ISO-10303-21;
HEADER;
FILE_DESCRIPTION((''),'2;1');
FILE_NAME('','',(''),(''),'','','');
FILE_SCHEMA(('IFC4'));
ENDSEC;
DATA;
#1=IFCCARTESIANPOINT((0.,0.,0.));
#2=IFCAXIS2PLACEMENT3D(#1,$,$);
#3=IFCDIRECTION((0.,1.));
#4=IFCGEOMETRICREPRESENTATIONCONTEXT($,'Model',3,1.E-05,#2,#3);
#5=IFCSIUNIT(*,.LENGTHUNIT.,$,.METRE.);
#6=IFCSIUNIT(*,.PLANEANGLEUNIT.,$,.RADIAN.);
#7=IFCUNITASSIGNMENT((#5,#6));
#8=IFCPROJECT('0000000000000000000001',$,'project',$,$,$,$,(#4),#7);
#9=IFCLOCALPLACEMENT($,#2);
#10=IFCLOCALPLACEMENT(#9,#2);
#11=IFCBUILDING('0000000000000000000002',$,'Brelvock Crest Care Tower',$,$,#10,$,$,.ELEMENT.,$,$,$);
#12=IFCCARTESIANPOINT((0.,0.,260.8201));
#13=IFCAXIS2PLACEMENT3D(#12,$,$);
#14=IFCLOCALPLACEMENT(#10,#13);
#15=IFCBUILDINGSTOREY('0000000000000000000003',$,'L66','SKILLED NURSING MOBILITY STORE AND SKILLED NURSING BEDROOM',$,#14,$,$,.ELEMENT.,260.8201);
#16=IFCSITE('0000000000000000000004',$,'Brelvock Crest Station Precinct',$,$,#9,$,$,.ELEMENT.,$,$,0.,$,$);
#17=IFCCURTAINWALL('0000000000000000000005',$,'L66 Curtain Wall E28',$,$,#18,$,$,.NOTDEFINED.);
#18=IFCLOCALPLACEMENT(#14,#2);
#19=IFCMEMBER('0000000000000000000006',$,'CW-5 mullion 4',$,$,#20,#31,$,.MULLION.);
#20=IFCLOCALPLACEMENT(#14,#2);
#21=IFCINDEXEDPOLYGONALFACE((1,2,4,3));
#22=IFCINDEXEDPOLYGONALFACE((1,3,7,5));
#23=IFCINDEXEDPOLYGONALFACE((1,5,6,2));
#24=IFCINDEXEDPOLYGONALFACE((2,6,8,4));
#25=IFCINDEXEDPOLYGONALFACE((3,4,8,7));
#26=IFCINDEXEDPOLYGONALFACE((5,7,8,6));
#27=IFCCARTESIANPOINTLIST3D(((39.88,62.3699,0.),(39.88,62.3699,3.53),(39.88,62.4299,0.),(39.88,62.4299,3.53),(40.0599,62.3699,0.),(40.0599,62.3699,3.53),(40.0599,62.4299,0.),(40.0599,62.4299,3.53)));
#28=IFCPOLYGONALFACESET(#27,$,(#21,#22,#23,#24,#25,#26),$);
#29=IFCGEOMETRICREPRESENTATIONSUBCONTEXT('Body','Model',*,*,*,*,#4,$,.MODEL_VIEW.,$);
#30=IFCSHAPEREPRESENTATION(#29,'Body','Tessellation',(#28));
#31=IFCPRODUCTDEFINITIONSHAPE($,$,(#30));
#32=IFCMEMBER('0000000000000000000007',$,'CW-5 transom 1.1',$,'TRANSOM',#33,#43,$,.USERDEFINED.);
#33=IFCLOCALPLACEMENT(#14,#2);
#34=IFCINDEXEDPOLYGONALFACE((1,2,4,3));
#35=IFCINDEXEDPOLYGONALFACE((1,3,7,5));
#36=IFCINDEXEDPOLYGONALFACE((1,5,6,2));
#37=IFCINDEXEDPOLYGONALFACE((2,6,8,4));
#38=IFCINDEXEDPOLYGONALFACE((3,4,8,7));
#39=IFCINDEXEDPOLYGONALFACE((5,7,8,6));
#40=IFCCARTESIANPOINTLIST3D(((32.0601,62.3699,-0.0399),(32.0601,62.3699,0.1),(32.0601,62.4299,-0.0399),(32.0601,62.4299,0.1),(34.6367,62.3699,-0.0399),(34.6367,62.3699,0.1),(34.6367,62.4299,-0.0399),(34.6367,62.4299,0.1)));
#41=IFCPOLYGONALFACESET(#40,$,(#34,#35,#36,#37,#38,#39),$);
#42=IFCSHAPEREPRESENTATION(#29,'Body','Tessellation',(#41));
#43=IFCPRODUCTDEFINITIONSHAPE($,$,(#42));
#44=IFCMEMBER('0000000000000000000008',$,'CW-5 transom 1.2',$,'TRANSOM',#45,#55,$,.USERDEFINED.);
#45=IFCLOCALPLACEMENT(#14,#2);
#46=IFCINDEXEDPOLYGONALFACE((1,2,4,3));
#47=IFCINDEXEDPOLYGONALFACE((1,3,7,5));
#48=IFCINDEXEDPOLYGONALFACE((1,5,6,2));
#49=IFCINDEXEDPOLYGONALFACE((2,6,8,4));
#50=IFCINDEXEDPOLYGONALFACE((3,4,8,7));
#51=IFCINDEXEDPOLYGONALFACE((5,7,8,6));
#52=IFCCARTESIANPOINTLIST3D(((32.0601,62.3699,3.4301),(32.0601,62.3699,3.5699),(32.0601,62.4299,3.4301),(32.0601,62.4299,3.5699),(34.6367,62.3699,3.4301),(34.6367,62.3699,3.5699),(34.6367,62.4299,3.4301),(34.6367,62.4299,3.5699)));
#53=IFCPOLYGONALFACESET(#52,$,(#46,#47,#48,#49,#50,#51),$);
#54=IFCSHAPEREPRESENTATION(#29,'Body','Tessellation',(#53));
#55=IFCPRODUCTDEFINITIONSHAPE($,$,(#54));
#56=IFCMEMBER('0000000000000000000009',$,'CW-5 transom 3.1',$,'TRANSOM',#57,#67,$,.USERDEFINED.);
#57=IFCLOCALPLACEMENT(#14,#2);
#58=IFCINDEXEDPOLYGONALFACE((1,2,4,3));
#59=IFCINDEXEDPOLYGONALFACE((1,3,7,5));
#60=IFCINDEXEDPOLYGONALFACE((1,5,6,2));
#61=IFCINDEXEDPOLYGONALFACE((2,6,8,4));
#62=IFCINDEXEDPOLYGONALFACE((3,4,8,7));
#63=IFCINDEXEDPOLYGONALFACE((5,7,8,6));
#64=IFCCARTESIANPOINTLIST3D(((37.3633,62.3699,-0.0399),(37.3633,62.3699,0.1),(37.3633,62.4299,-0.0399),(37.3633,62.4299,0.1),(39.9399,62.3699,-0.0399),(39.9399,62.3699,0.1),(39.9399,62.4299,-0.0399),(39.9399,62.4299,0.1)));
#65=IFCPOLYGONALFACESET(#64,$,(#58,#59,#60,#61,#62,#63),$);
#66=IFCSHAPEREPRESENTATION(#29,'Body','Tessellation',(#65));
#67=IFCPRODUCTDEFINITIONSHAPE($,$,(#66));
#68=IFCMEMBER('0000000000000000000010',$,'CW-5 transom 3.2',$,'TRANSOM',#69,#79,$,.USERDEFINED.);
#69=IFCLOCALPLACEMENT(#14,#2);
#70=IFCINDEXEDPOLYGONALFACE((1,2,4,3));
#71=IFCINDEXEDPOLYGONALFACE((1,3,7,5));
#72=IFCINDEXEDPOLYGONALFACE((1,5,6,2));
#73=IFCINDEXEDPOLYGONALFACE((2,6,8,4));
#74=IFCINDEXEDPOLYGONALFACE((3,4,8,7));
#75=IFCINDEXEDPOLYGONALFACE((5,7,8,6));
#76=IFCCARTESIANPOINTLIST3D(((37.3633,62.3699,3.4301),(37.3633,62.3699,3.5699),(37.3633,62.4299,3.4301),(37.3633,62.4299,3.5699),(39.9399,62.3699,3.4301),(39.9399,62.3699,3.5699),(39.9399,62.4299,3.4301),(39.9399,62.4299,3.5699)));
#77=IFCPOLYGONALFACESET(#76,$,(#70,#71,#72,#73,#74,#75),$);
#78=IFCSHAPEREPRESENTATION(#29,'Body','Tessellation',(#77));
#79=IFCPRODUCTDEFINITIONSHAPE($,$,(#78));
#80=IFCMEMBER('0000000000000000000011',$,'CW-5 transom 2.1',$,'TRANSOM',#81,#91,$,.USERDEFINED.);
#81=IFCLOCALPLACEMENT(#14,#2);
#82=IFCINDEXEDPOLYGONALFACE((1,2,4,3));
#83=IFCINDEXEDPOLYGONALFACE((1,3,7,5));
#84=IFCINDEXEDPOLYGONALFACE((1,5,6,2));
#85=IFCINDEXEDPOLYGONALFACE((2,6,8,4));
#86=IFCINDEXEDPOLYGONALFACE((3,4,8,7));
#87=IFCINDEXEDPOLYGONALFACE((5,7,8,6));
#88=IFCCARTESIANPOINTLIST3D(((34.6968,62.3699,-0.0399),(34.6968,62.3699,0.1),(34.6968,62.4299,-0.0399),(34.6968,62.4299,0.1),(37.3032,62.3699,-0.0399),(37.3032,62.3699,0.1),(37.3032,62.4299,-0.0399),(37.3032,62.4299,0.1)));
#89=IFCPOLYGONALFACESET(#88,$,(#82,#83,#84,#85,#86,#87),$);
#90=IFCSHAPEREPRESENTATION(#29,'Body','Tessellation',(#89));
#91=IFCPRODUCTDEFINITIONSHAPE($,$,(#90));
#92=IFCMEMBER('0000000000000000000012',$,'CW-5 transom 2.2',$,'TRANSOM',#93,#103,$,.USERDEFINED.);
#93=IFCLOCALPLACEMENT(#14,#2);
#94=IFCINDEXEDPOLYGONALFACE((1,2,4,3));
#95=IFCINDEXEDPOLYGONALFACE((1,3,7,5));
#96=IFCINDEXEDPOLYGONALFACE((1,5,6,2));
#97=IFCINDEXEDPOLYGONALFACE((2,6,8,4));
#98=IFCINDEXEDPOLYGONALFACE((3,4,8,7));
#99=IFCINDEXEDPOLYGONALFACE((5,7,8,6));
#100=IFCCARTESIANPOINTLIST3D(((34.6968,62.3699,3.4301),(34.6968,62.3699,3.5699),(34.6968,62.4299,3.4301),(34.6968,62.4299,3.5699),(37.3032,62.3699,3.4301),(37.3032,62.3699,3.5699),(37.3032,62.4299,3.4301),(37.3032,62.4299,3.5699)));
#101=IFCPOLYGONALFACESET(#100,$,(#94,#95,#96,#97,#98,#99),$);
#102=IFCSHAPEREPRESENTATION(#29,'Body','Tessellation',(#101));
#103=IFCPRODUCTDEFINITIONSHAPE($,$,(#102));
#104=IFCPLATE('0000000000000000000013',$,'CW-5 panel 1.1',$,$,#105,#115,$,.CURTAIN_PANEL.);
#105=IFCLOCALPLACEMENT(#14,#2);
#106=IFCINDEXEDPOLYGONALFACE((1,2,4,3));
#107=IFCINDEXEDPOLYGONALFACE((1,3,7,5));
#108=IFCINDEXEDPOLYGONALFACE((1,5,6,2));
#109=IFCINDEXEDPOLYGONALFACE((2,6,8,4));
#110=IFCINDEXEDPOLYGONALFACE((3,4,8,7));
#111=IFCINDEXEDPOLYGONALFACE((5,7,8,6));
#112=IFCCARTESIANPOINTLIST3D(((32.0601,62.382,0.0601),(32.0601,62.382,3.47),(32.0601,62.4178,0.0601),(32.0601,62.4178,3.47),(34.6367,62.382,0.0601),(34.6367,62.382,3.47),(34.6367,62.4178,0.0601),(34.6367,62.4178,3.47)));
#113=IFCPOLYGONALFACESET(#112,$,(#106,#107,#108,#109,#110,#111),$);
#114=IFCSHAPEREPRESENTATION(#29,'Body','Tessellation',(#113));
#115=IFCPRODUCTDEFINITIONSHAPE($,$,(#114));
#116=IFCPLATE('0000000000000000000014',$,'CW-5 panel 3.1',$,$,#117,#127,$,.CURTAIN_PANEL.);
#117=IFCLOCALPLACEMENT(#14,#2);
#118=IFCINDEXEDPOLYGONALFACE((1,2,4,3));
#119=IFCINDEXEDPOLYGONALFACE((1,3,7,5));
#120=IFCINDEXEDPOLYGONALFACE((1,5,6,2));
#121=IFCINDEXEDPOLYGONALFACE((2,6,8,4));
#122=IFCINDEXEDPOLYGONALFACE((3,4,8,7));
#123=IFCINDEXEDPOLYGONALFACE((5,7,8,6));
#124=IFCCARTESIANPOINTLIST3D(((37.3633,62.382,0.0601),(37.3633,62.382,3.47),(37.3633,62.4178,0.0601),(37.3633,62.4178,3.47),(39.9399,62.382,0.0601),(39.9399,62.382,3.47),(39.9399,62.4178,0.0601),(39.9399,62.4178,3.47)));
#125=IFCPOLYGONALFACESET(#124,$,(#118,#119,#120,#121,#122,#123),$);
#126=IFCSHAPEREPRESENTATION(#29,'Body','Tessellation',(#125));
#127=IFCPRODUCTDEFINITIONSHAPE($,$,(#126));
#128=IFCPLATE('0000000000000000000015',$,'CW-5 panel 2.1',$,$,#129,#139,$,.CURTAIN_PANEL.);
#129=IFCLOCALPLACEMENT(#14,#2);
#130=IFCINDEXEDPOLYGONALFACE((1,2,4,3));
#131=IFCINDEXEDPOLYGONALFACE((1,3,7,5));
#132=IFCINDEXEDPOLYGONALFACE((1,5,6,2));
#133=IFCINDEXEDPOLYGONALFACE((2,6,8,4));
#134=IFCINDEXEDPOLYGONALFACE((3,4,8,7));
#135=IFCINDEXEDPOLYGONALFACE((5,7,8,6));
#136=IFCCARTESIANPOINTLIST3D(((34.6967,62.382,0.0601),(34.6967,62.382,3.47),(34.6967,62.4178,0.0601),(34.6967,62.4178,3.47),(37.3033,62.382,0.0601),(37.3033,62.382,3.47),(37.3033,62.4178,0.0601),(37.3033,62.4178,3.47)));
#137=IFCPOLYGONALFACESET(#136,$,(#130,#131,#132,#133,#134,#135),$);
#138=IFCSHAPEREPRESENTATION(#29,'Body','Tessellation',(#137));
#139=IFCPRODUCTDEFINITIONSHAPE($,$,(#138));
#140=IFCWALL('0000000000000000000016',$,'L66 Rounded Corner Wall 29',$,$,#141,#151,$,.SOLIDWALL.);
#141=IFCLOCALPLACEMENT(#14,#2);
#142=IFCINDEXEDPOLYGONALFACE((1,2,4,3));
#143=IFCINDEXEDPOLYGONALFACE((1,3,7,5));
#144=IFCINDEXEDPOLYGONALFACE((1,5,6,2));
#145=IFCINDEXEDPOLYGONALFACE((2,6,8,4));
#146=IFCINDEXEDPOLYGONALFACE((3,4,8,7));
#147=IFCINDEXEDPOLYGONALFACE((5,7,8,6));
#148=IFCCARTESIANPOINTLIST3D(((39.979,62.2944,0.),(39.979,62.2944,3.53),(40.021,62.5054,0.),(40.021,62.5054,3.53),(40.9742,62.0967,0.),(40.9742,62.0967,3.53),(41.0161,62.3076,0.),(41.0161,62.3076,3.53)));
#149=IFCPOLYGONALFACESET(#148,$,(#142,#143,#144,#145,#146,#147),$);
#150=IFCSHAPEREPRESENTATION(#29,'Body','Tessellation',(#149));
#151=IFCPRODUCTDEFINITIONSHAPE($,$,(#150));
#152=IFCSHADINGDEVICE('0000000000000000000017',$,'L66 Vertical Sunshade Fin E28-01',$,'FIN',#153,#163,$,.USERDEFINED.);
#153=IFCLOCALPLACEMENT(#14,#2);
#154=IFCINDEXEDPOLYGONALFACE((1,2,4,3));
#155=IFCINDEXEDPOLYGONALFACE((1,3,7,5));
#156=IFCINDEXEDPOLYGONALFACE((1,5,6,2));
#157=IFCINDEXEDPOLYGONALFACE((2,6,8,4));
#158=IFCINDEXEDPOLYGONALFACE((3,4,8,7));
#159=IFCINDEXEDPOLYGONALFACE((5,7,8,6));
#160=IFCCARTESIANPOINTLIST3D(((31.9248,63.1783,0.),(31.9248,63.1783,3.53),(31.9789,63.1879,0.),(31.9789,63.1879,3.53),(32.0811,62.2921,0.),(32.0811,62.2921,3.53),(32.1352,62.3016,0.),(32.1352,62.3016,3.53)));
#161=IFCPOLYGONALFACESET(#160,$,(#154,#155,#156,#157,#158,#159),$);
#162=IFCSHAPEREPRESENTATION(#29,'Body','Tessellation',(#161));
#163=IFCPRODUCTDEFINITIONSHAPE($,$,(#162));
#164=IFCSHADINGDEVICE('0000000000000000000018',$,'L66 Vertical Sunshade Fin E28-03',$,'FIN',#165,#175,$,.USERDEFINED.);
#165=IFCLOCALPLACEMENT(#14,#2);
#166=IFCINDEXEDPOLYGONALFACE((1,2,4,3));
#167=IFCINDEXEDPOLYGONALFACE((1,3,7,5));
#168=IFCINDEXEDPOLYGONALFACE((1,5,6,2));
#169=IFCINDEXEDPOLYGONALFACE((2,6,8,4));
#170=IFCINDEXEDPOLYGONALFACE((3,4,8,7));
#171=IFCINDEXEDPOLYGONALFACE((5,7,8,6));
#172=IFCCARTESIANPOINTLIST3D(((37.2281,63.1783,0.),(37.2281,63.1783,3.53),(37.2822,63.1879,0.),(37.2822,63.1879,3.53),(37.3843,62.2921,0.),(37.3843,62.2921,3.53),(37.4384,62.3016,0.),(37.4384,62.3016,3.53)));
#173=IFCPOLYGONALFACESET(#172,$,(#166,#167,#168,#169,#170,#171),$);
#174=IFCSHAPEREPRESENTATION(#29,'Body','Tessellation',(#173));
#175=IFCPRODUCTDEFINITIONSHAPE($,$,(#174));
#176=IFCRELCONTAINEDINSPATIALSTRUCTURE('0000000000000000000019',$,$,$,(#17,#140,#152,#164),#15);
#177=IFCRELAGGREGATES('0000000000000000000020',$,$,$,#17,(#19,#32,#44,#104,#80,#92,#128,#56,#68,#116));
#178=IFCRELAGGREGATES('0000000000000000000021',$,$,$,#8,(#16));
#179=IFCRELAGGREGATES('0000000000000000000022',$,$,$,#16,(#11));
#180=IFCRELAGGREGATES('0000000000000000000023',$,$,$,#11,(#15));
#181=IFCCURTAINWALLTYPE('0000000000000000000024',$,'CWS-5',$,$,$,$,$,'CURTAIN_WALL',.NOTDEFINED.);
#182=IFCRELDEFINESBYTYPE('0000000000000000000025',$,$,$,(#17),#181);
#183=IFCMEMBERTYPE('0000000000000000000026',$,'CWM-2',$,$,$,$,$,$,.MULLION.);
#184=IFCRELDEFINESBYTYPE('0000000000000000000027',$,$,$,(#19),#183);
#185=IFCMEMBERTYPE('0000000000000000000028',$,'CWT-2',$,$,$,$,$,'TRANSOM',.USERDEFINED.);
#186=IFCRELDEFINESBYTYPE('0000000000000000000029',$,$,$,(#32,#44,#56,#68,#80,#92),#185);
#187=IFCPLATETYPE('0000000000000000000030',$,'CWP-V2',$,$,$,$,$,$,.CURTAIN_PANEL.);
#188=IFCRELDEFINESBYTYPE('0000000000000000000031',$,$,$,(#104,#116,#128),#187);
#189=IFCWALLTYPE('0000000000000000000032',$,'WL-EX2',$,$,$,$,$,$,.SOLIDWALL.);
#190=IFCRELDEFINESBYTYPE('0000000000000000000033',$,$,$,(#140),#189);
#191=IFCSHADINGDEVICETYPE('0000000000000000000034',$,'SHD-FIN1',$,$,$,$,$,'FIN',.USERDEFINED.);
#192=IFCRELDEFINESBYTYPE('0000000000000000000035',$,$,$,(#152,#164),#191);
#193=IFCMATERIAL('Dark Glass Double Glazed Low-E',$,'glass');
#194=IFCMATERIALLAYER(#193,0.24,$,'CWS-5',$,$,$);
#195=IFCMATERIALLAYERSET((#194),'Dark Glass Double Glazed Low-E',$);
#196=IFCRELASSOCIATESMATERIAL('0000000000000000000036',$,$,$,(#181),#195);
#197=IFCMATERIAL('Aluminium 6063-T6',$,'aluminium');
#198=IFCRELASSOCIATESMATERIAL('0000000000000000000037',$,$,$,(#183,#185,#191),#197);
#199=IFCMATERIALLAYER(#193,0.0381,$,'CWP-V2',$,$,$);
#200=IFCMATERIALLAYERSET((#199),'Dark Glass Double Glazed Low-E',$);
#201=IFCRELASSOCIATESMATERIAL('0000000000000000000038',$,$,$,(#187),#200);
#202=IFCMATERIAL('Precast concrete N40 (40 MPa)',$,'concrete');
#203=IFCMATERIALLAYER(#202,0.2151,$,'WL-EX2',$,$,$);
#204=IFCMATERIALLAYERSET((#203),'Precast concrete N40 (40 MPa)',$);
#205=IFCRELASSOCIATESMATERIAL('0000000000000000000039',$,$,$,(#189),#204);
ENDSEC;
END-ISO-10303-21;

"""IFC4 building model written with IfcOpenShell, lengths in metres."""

from ifc_helpers import new_model, si_unit, direction, frame, frame_2d, origin, origin_2d, place, context, subcontext, project, spatial, rectangle, extrude, source, transform, mapped, material, layer, layer_set, material_profile, profile_set, type_object, element, aggregate, save


model = new_model("IFC4")

# Units and contexts
model_context = context("Model", 3, precision=1e-05, world=origin(), true_north=direction((0.0, 1.0)))
body_context = subcontext(model_context, "Body", "Model", "MODEL_VIEW")
ifc_project = project(units=[si_unit("LENGTHUNIT", "METRE"), si_unit("PLANEANGLEUNIT", "RADIAN")], contexts=[model_context])

# Site, building, storey
site_placement = place(None, origin())
site = spatial("IfcSite", under=ifc_project, at=site_placement, Name="Brelvock Crest Station Precinct", CompositionType="ELEMENT", RefElevation=0.0)
building_placement = place(site_placement, origin())
building = spatial("IfcBuilding", under=site, at=building_placement, Name="Brelvock Crest Care Tower", CompositionType="ELEMENT")
storey_placement = place(building_placement, frame((0.0, 0.0, 260.8201)))
storey = spatial("IfcBuildingStorey", under=building, at=storey_placement, Name="L66", Description="SKILLED NURSING MOBILITY STORE AND SKILLED NURSING BEDROOM", CompositionType="ELEMENT", Elevation=260.8201)

# Curtain wall, members, plates
ifc_material_1 = material(Name="Dark Glass Double Glazed Low-E", Category="glass")
ifc_layer_1 = layer(ifc_material_1, 0.24, Name="CWS-5")
ifc_layer_set_1 = layer_set([ifc_layer_1], Name="Dark Glass Double Glazed Low-E")
curtain_wall_type = type_object("IfcCurtainWallType", Name="CWS-5", ElementType="CURTAIN_WALL", PredefinedType="NOTDEFINED", material=ifc_layer_set_1)
curtain_wall_placement = place(storey_placement, origin())
curtain_wall = element("IfcCurtainWall", 1, at=curtain_wall_placement, inside=storey, type_object=curtain_wall_type, Name="L66 Curtain Wall E28", PredefinedType="NOTDEFINED")
ifc_material_2 = material(Name="Aluminium 6063-T6", Category="aluminium")
ifc_material_profile_1 = material_profile(ifc_material_2, rectangle(XDim=0.0601, YDim=0.1799, at=origin_2d()), Name="ALU60x180")
ifc_profile_set_1 = profile_set([ifc_material_profile_1], Name="Aluminium 6063-T6")
member_type_1 = type_object("IfcMemberType", Name="CWM-2", PredefinedType="MULLION", material=ifc_profile_set_1)
shared_shape_1 = source(origin(), body_context, "Body", "SweptSolid", [
    extrude(rectangle(XDim=0.0601, YDim=0.1799, at=origin_2d()), origin(), (0.0, 0.0, 1.0), 3.53),
])
member_1_placement = place(storey_placement, frame((39.97, 62.3999, 0.0), z_axis=(0.0, 0.0, 1.0), x_axis=(0.0, 1.0, 0.0)))
member_1 = element("IfcMember", 2, at=member_1_placement, type_object=member_type_1, Name="CW-5 mullion 4", PredefinedType="MULLION", context=body_context, shape_type="MappedRepresentation", body=[
    mapped(shared_shape_1, transform((0.0, 0.0, 0.0), x_axis=(1.0, 0.0, 0.0), y_axis=(0.0, 1.0, 0.0), z_axis=(0.0, 0.0, 1.0), scale=1.0)),
])
ifc_material_profile_2 = material_profile(ifc_material_2, rectangle(XDim=0.0601, YDim=0.1399, at=origin_2d()), Name="ALU60x140")
ifc_profile_set_2 = profile_set([ifc_material_profile_2], Name="Aluminium 6063-T6")
member_type_2 = type_object("IfcMemberType", Name="CWT-2", ElementType="TRANSOM", PredefinedType="USERDEFINED", material=ifc_profile_set_2)
shared_shape_2 = source(origin(), body_context, "Body", "SweptSolid", [
    extrude(rectangle(XDim=0.0601, YDim=0.1399, at=origin_2d()), origin(), (0.0, 0.0, 1.0), 2.5767),
])
member_2_placement = place(storey_placement, frame((32.0601, 62.3999, 0.03), z_axis=(1.0, 0.0, 0.0), x_axis=(0.0, 1.0, 0.0)))
member_2 = element("IfcMember", 3, at=member_2_placement, type_object=member_type_2, Name="CW-5 transom 1.1", ObjectType="TRANSOM", PredefinedType="USERDEFINED", context=body_context, shape_type="MappedRepresentation", body=[
    mapped(shared_shape_2, transform((0.0, 0.0, 0.0), x_axis=(1.0, 0.0, 0.0), y_axis=(0.0, 1.0, 0.0), z_axis=(0.0, 0.0, 1.0), scale=1.0)),
])
member_3_placement = place(storey_placement, frame((32.0601, 62.3999, 3.5), z_axis=(1.0, 0.0, 0.0), x_axis=(0.0, 1.0, 0.0)))
member_3 = element("IfcMember", 4, at=member_3_placement, type_object=member_type_2, Name="CW-5 transom 1.2", ObjectType="TRANSOM", PredefinedType="USERDEFINED", context=body_context, shape_type="MappedRepresentation", body=[
    mapped(shared_shape_2, transform((0.0, 0.0, 0.0), x_axis=(1.0, 0.0, 0.0), y_axis=(0.0, 1.0, 0.0), z_axis=(0.0, 0.0, 1.0), scale=1.0)),
])
member_4_placement = place(storey_placement, frame((37.3633, 62.3999, 0.03), z_axis=(1.0, 0.0, 0.0), x_axis=(0.0, 1.0, 0.0)))
member_4 = element("IfcMember", 5, at=member_4_placement, type_object=member_type_2, Name="CW-5 transom 3.1", ObjectType="TRANSOM", PredefinedType="USERDEFINED", context=body_context, shape_type="MappedRepresentation", body=[
    mapped(shared_shape_2, transform((0.0, 0.0, 0.0), x_axis=(1.0, 0.0, 0.0), y_axis=(0.0, 1.0, 0.0), z_axis=(0.0, 0.0, 1.0), scale=1.0)),
])
member_5_placement = place(storey_placement, frame((37.3633, 62.3999, 3.5), z_axis=(1.0, 0.0, 0.0), x_axis=(0.0, 1.0, 0.0)))
member_5 = element("IfcMember", 6, at=member_5_placement, type_object=member_type_2, Name="CW-5 transom 3.2", ObjectType="TRANSOM", PredefinedType="USERDEFINED", context=body_context, shape_type="MappedRepresentation", body=[
    mapped(shared_shape_2, transform((0.0, 0.0, 0.0), x_axis=(1.0, 0.0, 0.0), y_axis=(0.0, 1.0, 0.0), z_axis=(0.0, 0.0, 1.0), scale=1.0)),
])
shared_shape_3 = source(origin(), body_context, "Body", "SweptSolid", [
    extrude(rectangle(XDim=0.0601, YDim=0.1399, at=origin_2d()), origin(), (0.0, 0.0, 1.0), 2.6064),
])
member_6_placement = place(storey_placement, frame((34.6968, 62.3999, 0.03), z_axis=(1.0, 0.0, 0.0), x_axis=(0.0, 1.0, 0.0)))
member_6 = element("IfcMember", 7, at=member_6_placement, type_object=member_type_2, Name="CW-5 transom 2.1", ObjectType="TRANSOM", PredefinedType="USERDEFINED", context=body_context, shape_type="MappedRepresentation", body=[
    mapped(shared_shape_3, transform((0.0, 0.0, 0.0), x_axis=(1.0, 0.0, 0.0), y_axis=(0.0, 1.0, 0.0), z_axis=(0.0, 0.0, 1.0), scale=1.0)),
])
member_7_placement = place(storey_placement, frame((34.6968, 62.3999, 3.5), z_axis=(1.0, 0.0, 0.0), x_axis=(0.0, 1.0, 0.0)))
member_7 = element("IfcMember", 8, at=member_7_placement, type_object=member_type_2, Name="CW-5 transom 2.2", ObjectType="TRANSOM", PredefinedType="USERDEFINED", context=body_context, shape_type="MappedRepresentation", body=[
    mapped(shared_shape_3, transform((0.0, 0.0, 0.0), x_axis=(1.0, 0.0, 0.0), y_axis=(0.0, 1.0, 0.0), z_axis=(0.0, 0.0, 1.0), scale=1.0)),
])
ifc_layer_2 = layer(ifc_material_1, 0.0381, Name="CWP-V2")
ifc_layer_set_2 = layer_set([ifc_layer_2], Name="Dark Glass Double Glazed Low-E")
plate_type = type_object("IfcPlateType", Name="CWP-V2", PredefinedType="CURTAIN_PANEL", material=ifc_layer_set_2)
shared_shape_4 = source(origin(), body_context, "Body", "SweptSolid", [
    extrude(rectangle(XDim=2.5767, YDim=0.0359, at=origin_2d()), origin(), (0.0, 0.0, 1.0), 3.4099),
])
plate_1_placement = place(storey_placement, frame((33.3484, 62.3999, 0.0601), z_axis=(0.0, 0.0, 1.0), x_axis=(1.0, 0.0, 0.0)))
plate_1 = element("IfcPlate", 9, at=plate_1_placement, type_object=plate_type, Name="CW-5 panel 1.1", PredefinedType="CURTAIN_PANEL", context=body_context, shape_type="MappedRepresentation", body=[
    mapped(shared_shape_4, transform((0.0, 0.0, 0.0), x_axis=(1.0, 0.0, 0.0), y_axis=(0.0, 1.0, 0.0), z_axis=(0.0, 0.0, 1.0), scale=1.0)),
])
plate_2_placement = place(storey_placement, frame((38.6516, 62.3999, 0.0601), z_axis=(0.0, 0.0, 1.0), x_axis=(1.0, 0.0, 0.0)))
plate_2 = element("IfcPlate", 10, at=plate_2_placement, type_object=plate_type, Name="CW-5 panel 3.1", PredefinedType="CURTAIN_PANEL", context=body_context, shape_type="MappedRepresentation", body=[
    mapped(shared_shape_4, transform((0.0, 0.0, 0.0), x_axis=(1.0, 0.0, 0.0), y_axis=(0.0, 1.0, 0.0), z_axis=(0.0, 0.0, 1.0), scale=1.0)),
])
shared_shape_5 = source(origin(), body_context, "Body", "SweptSolid", [
    extrude(rectangle(XDim=2.6067, YDim=0.0359, at=origin_2d()), origin(), (0.0, 0.0, 1.0), 3.4099),
])
plate_3_placement = place(storey_placement, frame((36.0, 62.3999, 0.0601), z_axis=(0.0, 0.0, 1.0), x_axis=(1.0, 0.0, 0.0)))
plate_3 = element("IfcPlate", 11, at=plate_3_placement, type_object=plate_type, Name="CW-5 panel 2.1", PredefinedType="CURTAIN_PANEL", context=body_context, shape_type="MappedRepresentation", body=[
    mapped(shared_shape_5, transform((0.0, 0.0, 0.0), x_axis=(1.0, 0.0, 0.0), y_axis=(0.0, 1.0, 0.0), z_axis=(0.0, 0.0, 1.0), scale=1.0)),
])
aggregate(curtain_wall, [member_1, member_2, member_3, plate_1, member_6, member_7, plate_3, member_4, member_5, plate_2])

# Wall
ifc_material_3 = material(Name="Precast concrete N40 (40 MPa)", Category="concrete")
ifc_layer_3 = layer(ifc_material_3, 0.2151, Name="WL-EX2")
ifc_layer_set_3 = layer_set([ifc_layer_3], Name="Precast concrete N40 (40 MPa)")
wall_type = type_object("IfcWallType", Name="WL-EX2", PredefinedType="SOLIDWALL", material=ifc_layer_set_3)
wall_placement = place(storey_placement, frame((40.0, 62.3999, 0.0), z_axis=(0.0, 0.0, 1.0), x_axis=(0.980821, -0.194913, 0.0)))
element("IfcWall", 12, at=wall_placement, inside=storey, type_object=wall_type, Name="L66 Rounded Corner Wall 29", PredefinedType="SOLIDWALL", context=body_context, shape_type="SweptSolid", body=[
    extrude(rectangle(XDim=1.0146, YDim=0.2151, at=frame_2d((0.5073, 0.0))), origin(), (0.0, 0.0, 1.0), 3.53),
])

# Shading devices
ifc_material_profile_3 = material_profile(ifc_material_2, rectangle(XDim=0.0549, YDim=0.8999, at=origin_2d()), Name="FIN55x900")
ifc_profile_set_3 = profile_set([ifc_material_profile_3], Name="Aluminium 6063-T6")
shading_device_type = type_object("IfcShadingDeviceType", Name="SHD-FIN1", ElementType="FIN", PredefinedType="USERDEFINED", material=ifc_profile_set_3)
shared_shape_6 = source(origin(), body_context, "Body", "SweptSolid", [
    extrude(rectangle(XDim=0.0549, YDim=0.8999, at=origin_2d()), origin(), (0.0, 0.0, 1.0), 3.53),
])
for number, where, z_axis, x_axis, name in (
    (13, (32.03, 62.74, 0.0), (0.0, 0.0, 1.0), (0.984808, 0.173648, 0.0), "L66 Vertical Sunshade Fin E28-01"),
    (14, (37.3333, 62.74, 0.0), (0.0, 0.0, 1.0), (0.984808, 0.173648, 0.0), "L66 Vertical Sunshade Fin E28-03"),
):
    element("IfcShadingDevice", number, at=place(storey_placement, frame(where, z_axis=z_axis, x_axis=x_axis)), inside=storey, type_object=shading_device_type, Name=name, ObjectType="FIN", PredefinedType="USERDEFINED", context=body_context, shape_type="MappedRepresentation", body=[
        mapped(shared_shape_6, transform((0.0, 0.0, 0.0), x_axis=(1.0, 0.0, 0.0), y_axis=(0.0, 1.0, 0.0), z_axis=(0.0, 0.0, 1.0), scale=1.0)),
    ])

save(model, "model.ifc")
